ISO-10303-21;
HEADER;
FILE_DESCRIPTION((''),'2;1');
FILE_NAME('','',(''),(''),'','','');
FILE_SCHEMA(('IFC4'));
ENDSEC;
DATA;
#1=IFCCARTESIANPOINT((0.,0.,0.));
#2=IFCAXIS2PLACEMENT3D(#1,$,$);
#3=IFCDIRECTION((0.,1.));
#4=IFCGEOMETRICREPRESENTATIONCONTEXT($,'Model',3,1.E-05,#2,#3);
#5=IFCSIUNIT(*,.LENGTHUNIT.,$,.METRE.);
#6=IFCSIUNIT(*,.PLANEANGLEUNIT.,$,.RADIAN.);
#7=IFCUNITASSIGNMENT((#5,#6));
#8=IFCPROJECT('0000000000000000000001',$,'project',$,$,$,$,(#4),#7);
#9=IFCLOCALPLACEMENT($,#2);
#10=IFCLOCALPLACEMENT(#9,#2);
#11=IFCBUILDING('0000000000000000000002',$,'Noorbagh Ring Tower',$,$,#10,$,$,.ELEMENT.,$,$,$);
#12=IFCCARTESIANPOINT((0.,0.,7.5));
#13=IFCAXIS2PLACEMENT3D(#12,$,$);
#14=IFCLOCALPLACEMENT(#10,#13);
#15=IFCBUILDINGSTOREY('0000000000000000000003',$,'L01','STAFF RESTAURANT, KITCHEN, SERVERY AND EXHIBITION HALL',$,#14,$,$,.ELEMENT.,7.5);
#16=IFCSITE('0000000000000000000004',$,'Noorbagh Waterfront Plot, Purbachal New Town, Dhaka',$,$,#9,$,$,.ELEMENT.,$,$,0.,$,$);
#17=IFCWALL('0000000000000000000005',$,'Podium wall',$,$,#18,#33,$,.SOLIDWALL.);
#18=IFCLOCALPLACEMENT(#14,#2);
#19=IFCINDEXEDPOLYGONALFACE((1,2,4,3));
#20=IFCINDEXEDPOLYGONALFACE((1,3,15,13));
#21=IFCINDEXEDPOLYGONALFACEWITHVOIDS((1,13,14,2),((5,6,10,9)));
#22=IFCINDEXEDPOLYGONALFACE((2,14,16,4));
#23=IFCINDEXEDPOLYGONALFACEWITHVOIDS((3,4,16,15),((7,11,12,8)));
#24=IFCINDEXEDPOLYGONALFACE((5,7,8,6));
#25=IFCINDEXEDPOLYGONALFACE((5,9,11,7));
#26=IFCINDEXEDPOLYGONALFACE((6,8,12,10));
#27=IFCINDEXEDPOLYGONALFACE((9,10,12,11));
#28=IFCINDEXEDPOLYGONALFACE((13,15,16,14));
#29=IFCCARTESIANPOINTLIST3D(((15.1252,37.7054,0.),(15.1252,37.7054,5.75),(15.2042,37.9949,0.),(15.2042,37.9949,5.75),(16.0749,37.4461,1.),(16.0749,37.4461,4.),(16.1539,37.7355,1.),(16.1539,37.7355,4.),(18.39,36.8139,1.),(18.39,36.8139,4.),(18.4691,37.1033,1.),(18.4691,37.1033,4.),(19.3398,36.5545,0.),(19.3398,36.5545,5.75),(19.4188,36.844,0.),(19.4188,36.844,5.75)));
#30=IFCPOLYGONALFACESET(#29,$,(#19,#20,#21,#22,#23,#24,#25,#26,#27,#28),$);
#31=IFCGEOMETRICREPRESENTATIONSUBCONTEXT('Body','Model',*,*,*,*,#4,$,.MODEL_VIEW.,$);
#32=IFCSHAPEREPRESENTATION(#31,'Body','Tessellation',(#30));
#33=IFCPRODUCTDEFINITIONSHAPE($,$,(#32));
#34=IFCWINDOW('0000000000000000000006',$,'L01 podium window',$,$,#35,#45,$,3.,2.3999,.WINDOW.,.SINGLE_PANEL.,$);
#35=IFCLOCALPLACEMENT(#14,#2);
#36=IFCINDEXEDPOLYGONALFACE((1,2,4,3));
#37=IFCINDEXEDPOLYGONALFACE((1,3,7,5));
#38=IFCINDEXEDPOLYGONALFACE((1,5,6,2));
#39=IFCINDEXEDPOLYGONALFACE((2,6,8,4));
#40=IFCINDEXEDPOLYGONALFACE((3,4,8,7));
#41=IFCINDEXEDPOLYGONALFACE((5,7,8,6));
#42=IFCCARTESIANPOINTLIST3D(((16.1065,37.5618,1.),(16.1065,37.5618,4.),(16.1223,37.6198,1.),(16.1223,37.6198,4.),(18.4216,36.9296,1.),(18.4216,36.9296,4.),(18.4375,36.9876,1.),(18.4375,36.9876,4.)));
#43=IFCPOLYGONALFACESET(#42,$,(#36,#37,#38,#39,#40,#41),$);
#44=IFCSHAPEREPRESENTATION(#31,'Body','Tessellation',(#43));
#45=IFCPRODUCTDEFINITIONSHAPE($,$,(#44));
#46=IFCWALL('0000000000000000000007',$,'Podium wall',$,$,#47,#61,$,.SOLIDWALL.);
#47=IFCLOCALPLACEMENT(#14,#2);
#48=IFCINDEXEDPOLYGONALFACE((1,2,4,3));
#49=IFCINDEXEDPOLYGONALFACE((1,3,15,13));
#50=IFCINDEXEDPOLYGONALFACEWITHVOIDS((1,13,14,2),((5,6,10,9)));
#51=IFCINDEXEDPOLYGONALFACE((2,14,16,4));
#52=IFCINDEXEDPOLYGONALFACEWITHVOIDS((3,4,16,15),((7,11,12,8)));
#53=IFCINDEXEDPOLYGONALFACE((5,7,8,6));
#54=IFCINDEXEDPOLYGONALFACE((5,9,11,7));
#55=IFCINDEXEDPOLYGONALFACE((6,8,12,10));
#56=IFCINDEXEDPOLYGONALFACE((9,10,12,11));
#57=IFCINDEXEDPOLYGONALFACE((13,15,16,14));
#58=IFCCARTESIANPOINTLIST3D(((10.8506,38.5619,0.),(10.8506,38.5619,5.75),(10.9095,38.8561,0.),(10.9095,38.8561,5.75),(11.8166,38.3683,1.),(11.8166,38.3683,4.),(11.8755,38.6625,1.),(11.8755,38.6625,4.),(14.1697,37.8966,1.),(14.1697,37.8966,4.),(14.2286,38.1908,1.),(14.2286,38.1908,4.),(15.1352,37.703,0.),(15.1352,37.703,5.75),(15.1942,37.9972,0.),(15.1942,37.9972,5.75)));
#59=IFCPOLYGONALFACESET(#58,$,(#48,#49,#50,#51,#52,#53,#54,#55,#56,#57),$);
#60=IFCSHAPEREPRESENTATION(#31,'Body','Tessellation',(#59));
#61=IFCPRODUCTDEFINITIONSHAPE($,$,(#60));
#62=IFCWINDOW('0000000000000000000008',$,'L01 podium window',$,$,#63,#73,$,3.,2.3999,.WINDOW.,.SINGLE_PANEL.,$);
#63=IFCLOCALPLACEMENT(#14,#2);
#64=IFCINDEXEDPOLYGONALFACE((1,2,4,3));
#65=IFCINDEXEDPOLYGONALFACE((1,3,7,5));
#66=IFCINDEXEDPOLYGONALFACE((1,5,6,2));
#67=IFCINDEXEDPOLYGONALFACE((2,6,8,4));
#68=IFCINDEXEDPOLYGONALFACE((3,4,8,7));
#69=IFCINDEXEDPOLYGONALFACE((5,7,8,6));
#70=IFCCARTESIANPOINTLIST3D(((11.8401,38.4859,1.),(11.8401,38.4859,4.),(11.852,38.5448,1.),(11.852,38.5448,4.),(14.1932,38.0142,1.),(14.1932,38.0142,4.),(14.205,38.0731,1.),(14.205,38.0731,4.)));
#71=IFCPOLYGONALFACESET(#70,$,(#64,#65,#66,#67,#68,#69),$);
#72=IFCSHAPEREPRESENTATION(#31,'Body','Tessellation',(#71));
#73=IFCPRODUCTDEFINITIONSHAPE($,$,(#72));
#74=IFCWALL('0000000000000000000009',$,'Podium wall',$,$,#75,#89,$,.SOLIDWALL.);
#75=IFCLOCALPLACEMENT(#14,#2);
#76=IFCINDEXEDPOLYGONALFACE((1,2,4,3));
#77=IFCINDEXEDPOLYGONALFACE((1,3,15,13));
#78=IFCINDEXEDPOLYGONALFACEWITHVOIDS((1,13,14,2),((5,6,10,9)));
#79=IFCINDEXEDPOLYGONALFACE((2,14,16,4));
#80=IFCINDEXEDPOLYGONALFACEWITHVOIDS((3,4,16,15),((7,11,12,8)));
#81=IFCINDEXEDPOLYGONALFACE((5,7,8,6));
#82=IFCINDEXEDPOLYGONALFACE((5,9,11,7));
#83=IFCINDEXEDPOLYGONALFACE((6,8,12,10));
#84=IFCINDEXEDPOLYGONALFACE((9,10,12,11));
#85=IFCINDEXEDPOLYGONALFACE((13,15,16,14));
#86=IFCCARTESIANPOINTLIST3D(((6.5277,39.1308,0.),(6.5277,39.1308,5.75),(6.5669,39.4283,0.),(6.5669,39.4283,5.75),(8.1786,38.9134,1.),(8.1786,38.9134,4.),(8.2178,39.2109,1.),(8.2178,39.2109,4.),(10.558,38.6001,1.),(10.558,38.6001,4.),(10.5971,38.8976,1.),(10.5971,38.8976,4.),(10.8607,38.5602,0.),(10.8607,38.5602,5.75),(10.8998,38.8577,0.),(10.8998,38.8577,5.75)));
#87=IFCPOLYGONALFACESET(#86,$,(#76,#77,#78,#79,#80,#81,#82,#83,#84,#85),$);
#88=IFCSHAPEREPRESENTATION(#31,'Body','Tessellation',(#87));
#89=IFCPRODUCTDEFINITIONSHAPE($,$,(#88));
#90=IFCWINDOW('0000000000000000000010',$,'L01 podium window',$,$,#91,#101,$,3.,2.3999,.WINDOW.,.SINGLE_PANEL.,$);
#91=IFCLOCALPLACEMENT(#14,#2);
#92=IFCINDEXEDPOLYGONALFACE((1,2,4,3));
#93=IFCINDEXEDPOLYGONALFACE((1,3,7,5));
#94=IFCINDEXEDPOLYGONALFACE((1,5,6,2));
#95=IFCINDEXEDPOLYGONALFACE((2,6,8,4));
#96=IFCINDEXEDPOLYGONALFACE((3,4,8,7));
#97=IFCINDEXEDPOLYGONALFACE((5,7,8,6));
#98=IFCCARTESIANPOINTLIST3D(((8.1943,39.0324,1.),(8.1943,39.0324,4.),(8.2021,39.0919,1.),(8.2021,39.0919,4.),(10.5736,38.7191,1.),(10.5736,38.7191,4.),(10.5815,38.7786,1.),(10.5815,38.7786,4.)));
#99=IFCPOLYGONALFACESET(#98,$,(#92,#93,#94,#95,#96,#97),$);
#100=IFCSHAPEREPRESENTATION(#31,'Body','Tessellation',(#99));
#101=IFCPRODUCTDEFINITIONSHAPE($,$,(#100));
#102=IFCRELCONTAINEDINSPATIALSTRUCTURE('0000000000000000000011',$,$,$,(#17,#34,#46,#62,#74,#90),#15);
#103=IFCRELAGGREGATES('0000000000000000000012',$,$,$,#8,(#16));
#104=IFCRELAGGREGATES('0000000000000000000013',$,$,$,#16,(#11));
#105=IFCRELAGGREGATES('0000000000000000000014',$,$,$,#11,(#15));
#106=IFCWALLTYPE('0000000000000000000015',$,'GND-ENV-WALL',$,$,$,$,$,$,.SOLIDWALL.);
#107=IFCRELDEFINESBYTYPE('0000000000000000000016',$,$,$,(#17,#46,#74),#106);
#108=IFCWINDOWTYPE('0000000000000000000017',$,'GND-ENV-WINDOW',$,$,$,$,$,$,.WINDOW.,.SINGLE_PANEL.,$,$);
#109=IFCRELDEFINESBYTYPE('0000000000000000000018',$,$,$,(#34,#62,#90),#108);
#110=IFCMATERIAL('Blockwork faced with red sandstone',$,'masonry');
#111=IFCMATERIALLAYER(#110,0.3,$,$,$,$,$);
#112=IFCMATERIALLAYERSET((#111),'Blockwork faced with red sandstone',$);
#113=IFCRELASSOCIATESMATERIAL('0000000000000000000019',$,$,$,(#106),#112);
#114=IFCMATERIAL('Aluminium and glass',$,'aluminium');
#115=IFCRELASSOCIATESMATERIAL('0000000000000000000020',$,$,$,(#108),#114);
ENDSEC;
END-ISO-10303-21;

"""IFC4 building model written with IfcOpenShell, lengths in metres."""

from ifc_helpers import new_model, si_unit, direction, frame, frame_2d, origin, place, context, subcontext, project, spatial, rectangle, extrude, material, layer, layer_set, type_object, element, fill, save


model = new_model("IFC4")

# Units and contexts
model_context = context("Model", 3, precision=1e-05, world=origin(), true_north=direction((0.0, 1.0)))
body_context = subcontext(model_context, "Body", "Model", "MODEL_VIEW")
ifc_project = project(units=[si_unit("LENGTHUNIT", "METRE"), si_unit("PLANEANGLEUNIT", "RADIAN")], contexts=[model_context])

# Site, building, storey
site_placement = place(None, origin())
site = spatial("IfcSite", under=ifc_project, at=site_placement, Name="Noorbagh Waterfront Plot, Purbachal New Town, Dhaka", CompositionType="ELEMENT", RefElevation=0.0)
building_placement = place(site_placement, origin())
building = spatial("IfcBuilding", under=site, at=building_placement, Name="Noorbagh Ring Tower", CompositionType="ELEMENT")
storey_placement = place(building_placement, frame((0.0, 0.0, 7.5)))
storey = spatial("IfcBuildingStorey", under=building, at=storey_placement, Name="L01", Description="STAFF RESTAURANT, KITCHEN, SERVERY AND EXHIBITION HALL", CompositionType="ELEMENT", Elevation=7.5)

# Walls, openings, windows
ifc_material_1 = material(Name="Blockwork faced with red sandstone", Category="masonry")
ifc_layer = layer(ifc_material_1, 0.3)
ifc_layer_set = layer_set([ifc_layer], Name="Blockwork faced with red sandstone")
wall_type = type_object("IfcWallType", Name="GND-ENV-WALL", PredefinedType="SOLIDWALL", material=ifc_layer_set)
ifc_material_2 = material(Name="Aluminium and glass", Category="aluminium")
window_type = type_object("IfcWindowType", Name="GND-ENV-WINDOW", PartitioningType="SINGLE_PANEL", PredefinedType="WINDOW", material=ifc_material_2)
wall_1_placement = place(storey_placement, frame((19.3794, 36.6992, 0.0), z_axis=(0.0, 0.0, 1.0), x_axis=(-0.96468, 0.263425, 0.0)))
wall_1 = element("IfcWall", 1, at=wall_1_placement, inside=storey, type_object=wall_type, Name="Podium wall", PredefinedType="SOLIDWALL", context=body_context, shape_type="SweptSolid", body=[
    extrude(rectangle(XDim=4.3689, YDim=0.3, at=frame_2d((2.1846, 0.0))), origin(), (0.0, 0.0, 1.0), 5.75),
])
opening_1_placement = place(wall_1_placement, frame((0.9846, 0.0, 1.0)))
opening_1 = element("IfcOpeningElement", 2, at=opening_1_placement, cuts=wall_1, PredefinedType="OPENING", context=body_context, shape_type="SweptSolid", body=[
    extrude(rectangle(XDim=2.3999, YDim=3.0, at=frame_2d((1.2, 1.5))), frame((0.0, 0.1602, 0.0), z_axis=(0.0, -1.0, 0.0), x_axis=(1.0, 0.0, 0.0)), (0.0, 0.0, 1.0), 0.3201),
])
window_1_placement = place(opening_1_placement, origin())
window_1 = element("IfcWindow", 3, at=window_1_placement, inside=storey, type_object=window_type, Name="L01 podium window", OverallHeight=3.0, OverallWidth=2.3999, PartitioningType="SINGLE_PANEL", PredefinedType="WINDOW", context=body_context, shape_type="SweptSolid", body=[
    extrude(rectangle(XDim=2.3999, YDim=3.0, at=frame_2d((1.2, 1.5))), frame((0.0, 0.03, 0.0), z_axis=(0.0, -1.0, 0.0), x_axis=(1.0, 0.0, 0.0)), (0.0, 0.0, 1.0), 0.0601),
])
fill(opening_1, window_1)
wall_2_placement = place(storey_placement, frame((15.1648, 37.8501, 0.0), z_axis=(0.0, 0.0, 1.0), x_axis=(-0.980495, 0.196546, 0.0)))
wall_2 = element("IfcWall", 4, at=wall_2_placement, inside=storey, type_object=wall_type, Name="Podium wall", PredefinedType="SOLIDWALL", context=body_context, shape_type="SweptSolid", body=[
    extrude(rectangle(XDim=4.3699, YDim=0.3, at=frame_2d((2.1851, 0.0))), origin(), (0.0, 0.0, 1.0), 5.75),
])
opening_2_placement = place(wall_2_placement, frame((0.9849, 0.0, 1.0)))
opening_2 = element("IfcOpeningElement", 5, at=opening_2_placement, cuts=wall_2, PredefinedType="OPENING", context=body_context, shape_type="SweptSolid", body=[
    extrude(rectangle(XDim=2.3999, YDim=3.0, at=frame_2d((1.2, 1.5))), frame((0.0, 0.1602, 0.0), z_axis=(0.0, -1.0, 0.0), x_axis=(1.0, 0.0, 0.0)), (0.0, 0.0, 1.0), 0.3201),
])
window_2_placement = place(opening_2_placement, origin())
window_2 = element("IfcWindow", 6, at=window_2_placement, inside=storey, type_object=window_type, Name="L01 podium window", OverallHeight=3.0, OverallWidth=2.3999, PartitioningType="SINGLE_PANEL", PredefinedType="WINDOW", context=body_context, shape_type="SweptSolid", body=[
    extrude(rectangle(XDim=2.3999, YDim=3.0, at=frame_2d((1.2, 1.5))), frame((0.0, 0.03, 0.0), z_axis=(0.0, -1.0, 0.0), x_axis=(1.0, 0.0, 0.0)), (0.0, 0.0, 1.0), 0.0601),
])
fill(opening_2, window_2)
wall_3_placement = place(storey_placement, frame((10.8801, 38.709, 0.0), z_axis=(0.0, 0.0, 1.0), x_axis=(-0.991442, 0.13055, 0.0)))
wall_3 = element("IfcWall", 7, at=wall_3_placement, inside=storey, type_object=wall_type, Name="Podium wall", PredefinedType="SOLIDWALL", context=body_context, shape_type="SweptSolid", body=[
    extrude(rectangle(XDim=4.3704, YDim=0.3, at=frame_2d((2.1851, 0.0))), origin(), (0.0, 0.0, 1.0), 5.75),
])
opening_3_placement = place(wall_3_placement, frame((0.3052, 0.0, 1.0)))
opening_3 = element("IfcOpeningElement", 8, at=opening_3_placement, cuts=wall_3, PredefinedType="OPENING", context=body_context, shape_type="SweptSolid", body=[
    extrude(rectangle(XDim=2.3999, YDim=3.0, at=frame_2d((1.2, 1.5))), frame((0.0, 0.1602, 0.0), z_axis=(0.0, -1.0, 0.0), x_axis=(1.0, 0.0, 0.0)), (0.0, 0.0, 1.0), 0.3201),
])
window_3_placement = place(opening_3_placement, origin())
window_3 = element("IfcWindow", 9, at=window_3_placement, inside=storey, type_object=window_type, Name="L01 podium window", OverallHeight=3.0, OverallWidth=2.3999, PartitioningType="SINGLE_PANEL", PredefinedType="WINDOW", context=body_context, shape_type="SweptSolid", body=[
    extrude(rectangle(XDim=2.3999, YDim=3.0, at=frame_2d((1.2, 1.5))), frame((0.0, 0.03, 0.0), z_axis=(0.0, -1.0, 0.0), x_axis=(1.0, 0.0, 0.0)), (0.0, 0.0, 1.0), 0.0601),
])
fill(opening_3, window_3)

save(model, "model.ifc")
